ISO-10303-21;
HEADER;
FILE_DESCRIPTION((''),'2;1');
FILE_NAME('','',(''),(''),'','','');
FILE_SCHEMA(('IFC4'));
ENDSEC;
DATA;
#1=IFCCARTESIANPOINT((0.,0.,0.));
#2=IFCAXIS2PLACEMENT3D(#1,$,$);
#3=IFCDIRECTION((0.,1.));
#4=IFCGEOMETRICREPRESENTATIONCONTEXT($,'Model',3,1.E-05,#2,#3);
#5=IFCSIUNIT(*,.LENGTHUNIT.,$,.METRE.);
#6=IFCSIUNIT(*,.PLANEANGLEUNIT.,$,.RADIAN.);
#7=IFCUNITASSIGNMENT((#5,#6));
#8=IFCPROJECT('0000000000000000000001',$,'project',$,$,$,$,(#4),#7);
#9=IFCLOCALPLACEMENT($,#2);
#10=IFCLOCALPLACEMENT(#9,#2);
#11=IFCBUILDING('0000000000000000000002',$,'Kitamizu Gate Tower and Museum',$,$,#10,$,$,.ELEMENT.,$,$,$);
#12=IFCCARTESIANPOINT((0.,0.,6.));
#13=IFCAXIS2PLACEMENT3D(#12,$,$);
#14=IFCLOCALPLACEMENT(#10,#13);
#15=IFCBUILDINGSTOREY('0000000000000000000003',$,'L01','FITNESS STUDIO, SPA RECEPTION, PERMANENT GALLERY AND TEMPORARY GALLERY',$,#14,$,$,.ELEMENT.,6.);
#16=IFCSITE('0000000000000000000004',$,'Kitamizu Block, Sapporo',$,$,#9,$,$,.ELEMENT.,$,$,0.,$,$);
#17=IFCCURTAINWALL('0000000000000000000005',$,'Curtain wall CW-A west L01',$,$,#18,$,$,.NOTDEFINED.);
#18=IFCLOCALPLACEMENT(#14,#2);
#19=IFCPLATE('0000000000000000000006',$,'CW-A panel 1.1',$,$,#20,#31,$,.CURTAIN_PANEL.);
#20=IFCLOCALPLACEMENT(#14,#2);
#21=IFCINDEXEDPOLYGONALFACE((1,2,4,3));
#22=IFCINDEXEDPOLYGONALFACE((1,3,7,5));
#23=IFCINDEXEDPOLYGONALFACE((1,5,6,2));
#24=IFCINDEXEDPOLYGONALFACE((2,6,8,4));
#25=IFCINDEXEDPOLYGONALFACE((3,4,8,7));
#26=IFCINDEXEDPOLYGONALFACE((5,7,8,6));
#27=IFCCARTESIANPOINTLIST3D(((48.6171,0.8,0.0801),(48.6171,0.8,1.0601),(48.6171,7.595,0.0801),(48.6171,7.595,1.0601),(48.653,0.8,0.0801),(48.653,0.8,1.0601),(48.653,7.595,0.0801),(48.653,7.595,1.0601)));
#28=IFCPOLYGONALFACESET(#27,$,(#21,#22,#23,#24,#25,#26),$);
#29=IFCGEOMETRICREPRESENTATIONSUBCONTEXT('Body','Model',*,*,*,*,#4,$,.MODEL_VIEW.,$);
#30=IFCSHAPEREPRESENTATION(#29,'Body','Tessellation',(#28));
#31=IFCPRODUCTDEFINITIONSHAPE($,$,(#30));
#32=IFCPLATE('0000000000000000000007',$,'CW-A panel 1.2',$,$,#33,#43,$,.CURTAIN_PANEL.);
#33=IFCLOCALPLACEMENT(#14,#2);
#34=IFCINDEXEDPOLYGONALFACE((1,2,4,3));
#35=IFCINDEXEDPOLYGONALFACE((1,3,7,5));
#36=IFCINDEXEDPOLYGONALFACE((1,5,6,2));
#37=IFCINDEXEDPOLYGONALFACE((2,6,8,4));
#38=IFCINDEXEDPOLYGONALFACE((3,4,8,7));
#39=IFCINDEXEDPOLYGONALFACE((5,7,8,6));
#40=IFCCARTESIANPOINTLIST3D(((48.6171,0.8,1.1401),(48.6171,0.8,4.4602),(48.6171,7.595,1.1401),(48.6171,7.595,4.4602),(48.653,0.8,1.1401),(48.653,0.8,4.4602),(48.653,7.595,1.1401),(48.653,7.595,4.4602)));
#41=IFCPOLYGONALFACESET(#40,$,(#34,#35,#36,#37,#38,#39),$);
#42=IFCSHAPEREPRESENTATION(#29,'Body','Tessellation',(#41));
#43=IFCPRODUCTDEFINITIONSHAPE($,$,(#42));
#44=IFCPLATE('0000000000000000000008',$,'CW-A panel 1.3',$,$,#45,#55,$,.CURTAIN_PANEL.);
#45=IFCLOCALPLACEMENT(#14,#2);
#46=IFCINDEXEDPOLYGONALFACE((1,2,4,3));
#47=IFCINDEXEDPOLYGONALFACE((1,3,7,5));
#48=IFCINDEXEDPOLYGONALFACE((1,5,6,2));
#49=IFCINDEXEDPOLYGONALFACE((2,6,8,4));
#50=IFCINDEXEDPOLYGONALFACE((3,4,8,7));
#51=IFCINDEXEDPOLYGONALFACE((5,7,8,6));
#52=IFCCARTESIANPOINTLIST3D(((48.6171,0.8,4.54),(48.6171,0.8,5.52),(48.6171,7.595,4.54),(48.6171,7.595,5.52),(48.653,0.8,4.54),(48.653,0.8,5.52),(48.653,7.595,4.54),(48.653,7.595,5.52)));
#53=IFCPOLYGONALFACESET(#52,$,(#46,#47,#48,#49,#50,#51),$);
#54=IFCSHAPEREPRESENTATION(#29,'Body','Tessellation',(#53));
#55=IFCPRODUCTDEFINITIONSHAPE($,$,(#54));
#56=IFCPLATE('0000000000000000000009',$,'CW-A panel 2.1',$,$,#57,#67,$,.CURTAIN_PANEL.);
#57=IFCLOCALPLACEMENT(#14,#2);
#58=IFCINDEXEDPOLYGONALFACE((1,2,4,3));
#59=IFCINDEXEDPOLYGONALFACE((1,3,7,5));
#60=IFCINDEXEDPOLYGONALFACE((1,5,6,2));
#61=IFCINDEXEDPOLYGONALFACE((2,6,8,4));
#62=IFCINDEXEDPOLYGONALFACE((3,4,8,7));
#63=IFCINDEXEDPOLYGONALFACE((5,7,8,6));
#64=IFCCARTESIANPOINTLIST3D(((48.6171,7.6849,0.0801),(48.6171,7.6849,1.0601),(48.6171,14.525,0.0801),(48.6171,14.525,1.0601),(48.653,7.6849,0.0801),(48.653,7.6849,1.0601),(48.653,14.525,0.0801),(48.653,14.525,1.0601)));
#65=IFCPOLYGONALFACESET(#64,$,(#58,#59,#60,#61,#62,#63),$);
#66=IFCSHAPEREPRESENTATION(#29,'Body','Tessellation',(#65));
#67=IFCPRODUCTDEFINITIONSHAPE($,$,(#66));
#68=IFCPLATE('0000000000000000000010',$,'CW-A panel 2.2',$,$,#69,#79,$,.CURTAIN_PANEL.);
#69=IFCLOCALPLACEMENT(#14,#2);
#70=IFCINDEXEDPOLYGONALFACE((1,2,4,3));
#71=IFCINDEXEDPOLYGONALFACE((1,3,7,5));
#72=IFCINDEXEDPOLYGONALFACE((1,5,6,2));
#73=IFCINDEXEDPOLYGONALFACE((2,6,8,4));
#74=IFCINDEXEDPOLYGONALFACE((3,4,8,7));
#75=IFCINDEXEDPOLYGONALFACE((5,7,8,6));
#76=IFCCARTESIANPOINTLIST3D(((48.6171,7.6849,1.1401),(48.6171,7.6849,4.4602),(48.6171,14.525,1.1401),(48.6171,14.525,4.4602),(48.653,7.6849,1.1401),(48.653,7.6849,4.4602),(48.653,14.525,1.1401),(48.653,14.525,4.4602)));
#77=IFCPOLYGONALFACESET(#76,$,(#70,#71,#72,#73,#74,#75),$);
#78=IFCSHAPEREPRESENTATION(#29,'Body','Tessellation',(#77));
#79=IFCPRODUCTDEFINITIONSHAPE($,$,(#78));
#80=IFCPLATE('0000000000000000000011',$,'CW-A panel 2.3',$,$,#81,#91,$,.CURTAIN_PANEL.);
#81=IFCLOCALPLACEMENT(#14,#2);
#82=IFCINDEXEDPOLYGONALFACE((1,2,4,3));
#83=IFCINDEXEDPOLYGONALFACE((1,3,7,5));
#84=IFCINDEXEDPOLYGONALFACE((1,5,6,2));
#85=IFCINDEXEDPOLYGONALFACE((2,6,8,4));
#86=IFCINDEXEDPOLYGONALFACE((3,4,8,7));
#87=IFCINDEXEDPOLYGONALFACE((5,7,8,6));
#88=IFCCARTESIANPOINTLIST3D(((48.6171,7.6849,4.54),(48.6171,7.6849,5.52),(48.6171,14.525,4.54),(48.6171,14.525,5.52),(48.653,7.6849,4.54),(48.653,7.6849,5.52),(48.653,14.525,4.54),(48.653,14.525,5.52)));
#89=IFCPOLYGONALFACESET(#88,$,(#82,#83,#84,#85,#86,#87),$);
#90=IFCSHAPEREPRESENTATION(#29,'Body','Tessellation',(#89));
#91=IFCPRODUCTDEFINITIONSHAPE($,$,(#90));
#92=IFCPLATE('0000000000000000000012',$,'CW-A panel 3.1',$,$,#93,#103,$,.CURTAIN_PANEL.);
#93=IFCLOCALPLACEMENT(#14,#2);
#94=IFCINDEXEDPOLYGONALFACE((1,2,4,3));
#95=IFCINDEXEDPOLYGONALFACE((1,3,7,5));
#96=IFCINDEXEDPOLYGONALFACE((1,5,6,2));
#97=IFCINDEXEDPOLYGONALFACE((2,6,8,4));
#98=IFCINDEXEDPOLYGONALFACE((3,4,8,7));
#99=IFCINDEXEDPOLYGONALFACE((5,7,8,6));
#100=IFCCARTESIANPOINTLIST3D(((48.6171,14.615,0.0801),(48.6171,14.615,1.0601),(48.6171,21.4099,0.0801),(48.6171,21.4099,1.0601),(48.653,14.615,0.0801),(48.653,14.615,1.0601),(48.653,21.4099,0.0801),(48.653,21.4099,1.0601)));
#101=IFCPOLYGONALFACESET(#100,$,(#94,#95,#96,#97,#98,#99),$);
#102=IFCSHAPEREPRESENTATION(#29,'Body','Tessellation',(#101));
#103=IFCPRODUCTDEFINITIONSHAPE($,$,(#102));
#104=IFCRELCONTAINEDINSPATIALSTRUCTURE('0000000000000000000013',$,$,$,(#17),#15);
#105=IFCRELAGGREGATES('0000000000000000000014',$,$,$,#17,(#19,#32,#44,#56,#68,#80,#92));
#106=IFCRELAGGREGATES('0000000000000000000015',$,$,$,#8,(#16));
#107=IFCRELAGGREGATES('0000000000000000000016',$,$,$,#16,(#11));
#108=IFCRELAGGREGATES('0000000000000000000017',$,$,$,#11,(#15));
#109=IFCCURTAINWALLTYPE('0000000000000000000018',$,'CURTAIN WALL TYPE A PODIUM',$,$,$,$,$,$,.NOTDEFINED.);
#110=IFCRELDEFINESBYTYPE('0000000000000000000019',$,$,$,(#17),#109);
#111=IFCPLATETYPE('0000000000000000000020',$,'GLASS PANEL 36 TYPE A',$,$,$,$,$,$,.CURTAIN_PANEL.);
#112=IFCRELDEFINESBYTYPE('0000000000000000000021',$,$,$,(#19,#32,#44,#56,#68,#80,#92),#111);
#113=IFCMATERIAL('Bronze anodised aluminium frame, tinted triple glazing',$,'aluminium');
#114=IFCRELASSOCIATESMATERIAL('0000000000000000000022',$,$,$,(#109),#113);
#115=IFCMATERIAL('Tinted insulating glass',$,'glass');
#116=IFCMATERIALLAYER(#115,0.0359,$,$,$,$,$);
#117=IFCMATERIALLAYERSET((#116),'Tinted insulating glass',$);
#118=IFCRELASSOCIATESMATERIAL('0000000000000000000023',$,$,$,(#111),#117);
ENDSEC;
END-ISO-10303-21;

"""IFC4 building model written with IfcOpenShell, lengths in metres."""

from ifc_helpers import new_model, si_unit, direction, frame, origin, origin_2d, place, context, subcontext, project, spatial, rectangle, extrude, material, layer, layer_set, type_object, element, aggregate, save


model = new_model("IFC4")

# Units and contexts
model_context = context("Model", 3, precision=1e-05, world=origin(), true_north=direction((0.0, 1.0)))
body_context = subcontext(model_context, "Body", "Model", "MODEL_VIEW")
ifc_project = project(units=[si_unit("LENGTHUNIT", "METRE"), si_unit("PLANEANGLEUNIT", "RADIAN")], contexts=[model_context])

# Site, building, storey
site_placement = place(None, origin())
site = spatial("IfcSite", under=ifc_project, at=site_placement, Name="Kitamizu Block, Sapporo", CompositionType="ELEMENT", RefElevation=0.0)
building_placement = place(site_placement, origin())
building = spatial("IfcBuilding", under=site, at=building_placement, Name="Kitamizu Gate Tower and Museum", CompositionType="ELEMENT")
storey_placement = place(building_placement, frame((0.0, 0.0, 6.0)))
storey = spatial("IfcBuildingStorey", under=building, at=storey_placement, Name="L01", Description="FITNESS STUDIO, SPA RECEPTION, PERMANENT GALLERY AND TEMPORARY GALLERY", CompositionType="ELEMENT", Elevation=6.0)

# Curtain wall, plates
ifc_material_1 = material(Name="Bronze anodised aluminium frame, tinted triple glazing", Category="aluminium")
curtain_wall_type = type_object("IfcCurtainWallType", Name="CURTAIN WALL TYPE A PODIUM", PredefinedType="NOTDEFINED", material=ifc_material_1)
curtain_wall_placement = place(storey_placement, origin())
curtain_wall = element("IfcCurtainWall", 1, at=curtain_wall_placement, inside=storey, type_object=curtain_wall_type, Name="Curtain wall CW-A west L01", PredefinedType="NOTDEFINED")
ifc_material_2 = material(Name="Tinted insulating glass", Category="glass")
ifc_layer = layer(ifc_material_2, 0.0359)
ifc_layer_set = layer_set([ifc_layer], Name="Tinted insulating glass")
plate_type = type_object("IfcPlateType", Name="GLASS PANEL 36 TYPE A", PredefinedType="CURTAIN_PANEL", material=ifc_layer_set)
plate_1_placement = place(storey_placement, frame((48.635, 4.1975, 0.0801), z_axis=(0.0, 0.0, 1.0), x_axis=(0.0, 1.0, 0.0)))
plate_1 = element("IfcPlate", 2, at=plate_1_placement, type_object=plate_type, Name="CW-A panel 1.1", PredefinedType="CURTAIN_PANEL", context=body_context, shape_type="SweptSolid", body=[
    extrude(rectangle(XDim=6.7949, YDim=0.0359, at=origin_2d()), origin(), (0.0, 0.0, 1.0), 0.98),
])
plate_2_placement = place(storey_placement, frame((48.635, 4.1975, 1.1401), z_axis=(0.0, 0.0, 1.0), x_axis=(0.0, 1.0, 0.0)))
plate_2 = element("IfcPlate", 3, at=plate_2_placement, type_object=plate_type, Name="CW-A panel 1.2", PredefinedType="CURTAIN_PANEL", context=body_context, shape_type="SweptSolid", body=[
    extrude(rectangle(XDim=6.7949, YDim=0.0359, at=origin_2d()), origin(), (0.0, 0.0, 1.0), 3.3201),
])
plate_3_placement = place(storey_placement, frame((48.635, 4.1975, 4.54), z_axis=(0.0, 0.0, 1.0), x_axis=(0.0, 1.0, 0.0)))
plate_3 = element("IfcPlate", 4, at=plate_3_placement, type_object=plate_type, Name="CW-A panel 1.3", PredefinedType="CURTAIN_PANEL", context=body_context, shape_type="SweptSolid", body=[
    extrude(rectangle(XDim=6.7949, YDim=0.0359, at=origin_2d()), origin(), (0.0, 0.0, 1.0), 0.98),
])
plate_4_placement = place(storey_placement, frame((48.635, 11.105, 0.0801), z_axis=(0.0, 0.0, 1.0), x_axis=(0.0, 1.0, 0.0)))
plate_4 = element("IfcPlate", 5, at=plate_4_placement, type_object=plate_type, Name="CW-A panel 2.1", PredefinedType="CURTAIN_PANEL", context=body_context, shape_type="SweptSolid", body=[
    extrude(rectangle(XDim=6.8401, YDim=0.0359, at=origin_2d()), origin(), (0.0, 0.0, 1.0), 0.98),
])
plate_5_placement = place(storey_placement, frame((48.635, 11.105, 1.1401), z_axis=(0.0, 0.0, 1.0), x_axis=(0.0, 1.0, 0.0)))
plate_5 = element("IfcPlate", 6, at=plate_5_placement, type_object=plate_type, Name="CW-A panel 2.2", PredefinedType="CURTAIN_PANEL", context=body_context, shape_type="SweptSolid", body=[
    extrude(rectangle(XDim=6.8401, YDim=0.0359, at=origin_2d()), origin(), (0.0, 0.0, 1.0), 3.3201),
])
plate_6_placement = place(storey_placement, frame((48.635, 11.105, 4.54), z_axis=(0.0, 0.0, 1.0), x_axis=(0.0, 1.0, 0.0)))
plate_6 = element("IfcPlate", 7, at=plate_6_placement, type_object=plate_type, Name="CW-A panel 2.3", PredefinedType="CURTAIN_PANEL", context=body_context, shape_type="SweptSolid", body=[
    extrude(rectangle(XDim=6.8401, YDim=0.0359, at=origin_2d()), origin(), (0.0, 0.0, 1.0), 0.98),
])
plate_7_placement = place(storey_placement, frame((48.635, 18.0125, 0.0801), z_axis=(0.0, 0.0, 1.0), x_axis=(0.0, 1.0, 0.0)))
plate_7 = element("IfcPlate", 8, at=plate_7_placement, type_object=plate_type, Name="CW-A panel 3.1", PredefinedType="CURTAIN_PANEL", context=body_context, shape_type="SweptSolid", body=[
    extrude(rectangle(XDim=6.7949, YDim=0.0359, at=origin_2d()), origin(), (0.0, 0.0, 1.0), 0.98),
])
aggregate(curtain_wall, [plate_1, plate_2, plate_3, plate_4, plate_5, plate_6, plate_7])

save(model, "model.ifc")
